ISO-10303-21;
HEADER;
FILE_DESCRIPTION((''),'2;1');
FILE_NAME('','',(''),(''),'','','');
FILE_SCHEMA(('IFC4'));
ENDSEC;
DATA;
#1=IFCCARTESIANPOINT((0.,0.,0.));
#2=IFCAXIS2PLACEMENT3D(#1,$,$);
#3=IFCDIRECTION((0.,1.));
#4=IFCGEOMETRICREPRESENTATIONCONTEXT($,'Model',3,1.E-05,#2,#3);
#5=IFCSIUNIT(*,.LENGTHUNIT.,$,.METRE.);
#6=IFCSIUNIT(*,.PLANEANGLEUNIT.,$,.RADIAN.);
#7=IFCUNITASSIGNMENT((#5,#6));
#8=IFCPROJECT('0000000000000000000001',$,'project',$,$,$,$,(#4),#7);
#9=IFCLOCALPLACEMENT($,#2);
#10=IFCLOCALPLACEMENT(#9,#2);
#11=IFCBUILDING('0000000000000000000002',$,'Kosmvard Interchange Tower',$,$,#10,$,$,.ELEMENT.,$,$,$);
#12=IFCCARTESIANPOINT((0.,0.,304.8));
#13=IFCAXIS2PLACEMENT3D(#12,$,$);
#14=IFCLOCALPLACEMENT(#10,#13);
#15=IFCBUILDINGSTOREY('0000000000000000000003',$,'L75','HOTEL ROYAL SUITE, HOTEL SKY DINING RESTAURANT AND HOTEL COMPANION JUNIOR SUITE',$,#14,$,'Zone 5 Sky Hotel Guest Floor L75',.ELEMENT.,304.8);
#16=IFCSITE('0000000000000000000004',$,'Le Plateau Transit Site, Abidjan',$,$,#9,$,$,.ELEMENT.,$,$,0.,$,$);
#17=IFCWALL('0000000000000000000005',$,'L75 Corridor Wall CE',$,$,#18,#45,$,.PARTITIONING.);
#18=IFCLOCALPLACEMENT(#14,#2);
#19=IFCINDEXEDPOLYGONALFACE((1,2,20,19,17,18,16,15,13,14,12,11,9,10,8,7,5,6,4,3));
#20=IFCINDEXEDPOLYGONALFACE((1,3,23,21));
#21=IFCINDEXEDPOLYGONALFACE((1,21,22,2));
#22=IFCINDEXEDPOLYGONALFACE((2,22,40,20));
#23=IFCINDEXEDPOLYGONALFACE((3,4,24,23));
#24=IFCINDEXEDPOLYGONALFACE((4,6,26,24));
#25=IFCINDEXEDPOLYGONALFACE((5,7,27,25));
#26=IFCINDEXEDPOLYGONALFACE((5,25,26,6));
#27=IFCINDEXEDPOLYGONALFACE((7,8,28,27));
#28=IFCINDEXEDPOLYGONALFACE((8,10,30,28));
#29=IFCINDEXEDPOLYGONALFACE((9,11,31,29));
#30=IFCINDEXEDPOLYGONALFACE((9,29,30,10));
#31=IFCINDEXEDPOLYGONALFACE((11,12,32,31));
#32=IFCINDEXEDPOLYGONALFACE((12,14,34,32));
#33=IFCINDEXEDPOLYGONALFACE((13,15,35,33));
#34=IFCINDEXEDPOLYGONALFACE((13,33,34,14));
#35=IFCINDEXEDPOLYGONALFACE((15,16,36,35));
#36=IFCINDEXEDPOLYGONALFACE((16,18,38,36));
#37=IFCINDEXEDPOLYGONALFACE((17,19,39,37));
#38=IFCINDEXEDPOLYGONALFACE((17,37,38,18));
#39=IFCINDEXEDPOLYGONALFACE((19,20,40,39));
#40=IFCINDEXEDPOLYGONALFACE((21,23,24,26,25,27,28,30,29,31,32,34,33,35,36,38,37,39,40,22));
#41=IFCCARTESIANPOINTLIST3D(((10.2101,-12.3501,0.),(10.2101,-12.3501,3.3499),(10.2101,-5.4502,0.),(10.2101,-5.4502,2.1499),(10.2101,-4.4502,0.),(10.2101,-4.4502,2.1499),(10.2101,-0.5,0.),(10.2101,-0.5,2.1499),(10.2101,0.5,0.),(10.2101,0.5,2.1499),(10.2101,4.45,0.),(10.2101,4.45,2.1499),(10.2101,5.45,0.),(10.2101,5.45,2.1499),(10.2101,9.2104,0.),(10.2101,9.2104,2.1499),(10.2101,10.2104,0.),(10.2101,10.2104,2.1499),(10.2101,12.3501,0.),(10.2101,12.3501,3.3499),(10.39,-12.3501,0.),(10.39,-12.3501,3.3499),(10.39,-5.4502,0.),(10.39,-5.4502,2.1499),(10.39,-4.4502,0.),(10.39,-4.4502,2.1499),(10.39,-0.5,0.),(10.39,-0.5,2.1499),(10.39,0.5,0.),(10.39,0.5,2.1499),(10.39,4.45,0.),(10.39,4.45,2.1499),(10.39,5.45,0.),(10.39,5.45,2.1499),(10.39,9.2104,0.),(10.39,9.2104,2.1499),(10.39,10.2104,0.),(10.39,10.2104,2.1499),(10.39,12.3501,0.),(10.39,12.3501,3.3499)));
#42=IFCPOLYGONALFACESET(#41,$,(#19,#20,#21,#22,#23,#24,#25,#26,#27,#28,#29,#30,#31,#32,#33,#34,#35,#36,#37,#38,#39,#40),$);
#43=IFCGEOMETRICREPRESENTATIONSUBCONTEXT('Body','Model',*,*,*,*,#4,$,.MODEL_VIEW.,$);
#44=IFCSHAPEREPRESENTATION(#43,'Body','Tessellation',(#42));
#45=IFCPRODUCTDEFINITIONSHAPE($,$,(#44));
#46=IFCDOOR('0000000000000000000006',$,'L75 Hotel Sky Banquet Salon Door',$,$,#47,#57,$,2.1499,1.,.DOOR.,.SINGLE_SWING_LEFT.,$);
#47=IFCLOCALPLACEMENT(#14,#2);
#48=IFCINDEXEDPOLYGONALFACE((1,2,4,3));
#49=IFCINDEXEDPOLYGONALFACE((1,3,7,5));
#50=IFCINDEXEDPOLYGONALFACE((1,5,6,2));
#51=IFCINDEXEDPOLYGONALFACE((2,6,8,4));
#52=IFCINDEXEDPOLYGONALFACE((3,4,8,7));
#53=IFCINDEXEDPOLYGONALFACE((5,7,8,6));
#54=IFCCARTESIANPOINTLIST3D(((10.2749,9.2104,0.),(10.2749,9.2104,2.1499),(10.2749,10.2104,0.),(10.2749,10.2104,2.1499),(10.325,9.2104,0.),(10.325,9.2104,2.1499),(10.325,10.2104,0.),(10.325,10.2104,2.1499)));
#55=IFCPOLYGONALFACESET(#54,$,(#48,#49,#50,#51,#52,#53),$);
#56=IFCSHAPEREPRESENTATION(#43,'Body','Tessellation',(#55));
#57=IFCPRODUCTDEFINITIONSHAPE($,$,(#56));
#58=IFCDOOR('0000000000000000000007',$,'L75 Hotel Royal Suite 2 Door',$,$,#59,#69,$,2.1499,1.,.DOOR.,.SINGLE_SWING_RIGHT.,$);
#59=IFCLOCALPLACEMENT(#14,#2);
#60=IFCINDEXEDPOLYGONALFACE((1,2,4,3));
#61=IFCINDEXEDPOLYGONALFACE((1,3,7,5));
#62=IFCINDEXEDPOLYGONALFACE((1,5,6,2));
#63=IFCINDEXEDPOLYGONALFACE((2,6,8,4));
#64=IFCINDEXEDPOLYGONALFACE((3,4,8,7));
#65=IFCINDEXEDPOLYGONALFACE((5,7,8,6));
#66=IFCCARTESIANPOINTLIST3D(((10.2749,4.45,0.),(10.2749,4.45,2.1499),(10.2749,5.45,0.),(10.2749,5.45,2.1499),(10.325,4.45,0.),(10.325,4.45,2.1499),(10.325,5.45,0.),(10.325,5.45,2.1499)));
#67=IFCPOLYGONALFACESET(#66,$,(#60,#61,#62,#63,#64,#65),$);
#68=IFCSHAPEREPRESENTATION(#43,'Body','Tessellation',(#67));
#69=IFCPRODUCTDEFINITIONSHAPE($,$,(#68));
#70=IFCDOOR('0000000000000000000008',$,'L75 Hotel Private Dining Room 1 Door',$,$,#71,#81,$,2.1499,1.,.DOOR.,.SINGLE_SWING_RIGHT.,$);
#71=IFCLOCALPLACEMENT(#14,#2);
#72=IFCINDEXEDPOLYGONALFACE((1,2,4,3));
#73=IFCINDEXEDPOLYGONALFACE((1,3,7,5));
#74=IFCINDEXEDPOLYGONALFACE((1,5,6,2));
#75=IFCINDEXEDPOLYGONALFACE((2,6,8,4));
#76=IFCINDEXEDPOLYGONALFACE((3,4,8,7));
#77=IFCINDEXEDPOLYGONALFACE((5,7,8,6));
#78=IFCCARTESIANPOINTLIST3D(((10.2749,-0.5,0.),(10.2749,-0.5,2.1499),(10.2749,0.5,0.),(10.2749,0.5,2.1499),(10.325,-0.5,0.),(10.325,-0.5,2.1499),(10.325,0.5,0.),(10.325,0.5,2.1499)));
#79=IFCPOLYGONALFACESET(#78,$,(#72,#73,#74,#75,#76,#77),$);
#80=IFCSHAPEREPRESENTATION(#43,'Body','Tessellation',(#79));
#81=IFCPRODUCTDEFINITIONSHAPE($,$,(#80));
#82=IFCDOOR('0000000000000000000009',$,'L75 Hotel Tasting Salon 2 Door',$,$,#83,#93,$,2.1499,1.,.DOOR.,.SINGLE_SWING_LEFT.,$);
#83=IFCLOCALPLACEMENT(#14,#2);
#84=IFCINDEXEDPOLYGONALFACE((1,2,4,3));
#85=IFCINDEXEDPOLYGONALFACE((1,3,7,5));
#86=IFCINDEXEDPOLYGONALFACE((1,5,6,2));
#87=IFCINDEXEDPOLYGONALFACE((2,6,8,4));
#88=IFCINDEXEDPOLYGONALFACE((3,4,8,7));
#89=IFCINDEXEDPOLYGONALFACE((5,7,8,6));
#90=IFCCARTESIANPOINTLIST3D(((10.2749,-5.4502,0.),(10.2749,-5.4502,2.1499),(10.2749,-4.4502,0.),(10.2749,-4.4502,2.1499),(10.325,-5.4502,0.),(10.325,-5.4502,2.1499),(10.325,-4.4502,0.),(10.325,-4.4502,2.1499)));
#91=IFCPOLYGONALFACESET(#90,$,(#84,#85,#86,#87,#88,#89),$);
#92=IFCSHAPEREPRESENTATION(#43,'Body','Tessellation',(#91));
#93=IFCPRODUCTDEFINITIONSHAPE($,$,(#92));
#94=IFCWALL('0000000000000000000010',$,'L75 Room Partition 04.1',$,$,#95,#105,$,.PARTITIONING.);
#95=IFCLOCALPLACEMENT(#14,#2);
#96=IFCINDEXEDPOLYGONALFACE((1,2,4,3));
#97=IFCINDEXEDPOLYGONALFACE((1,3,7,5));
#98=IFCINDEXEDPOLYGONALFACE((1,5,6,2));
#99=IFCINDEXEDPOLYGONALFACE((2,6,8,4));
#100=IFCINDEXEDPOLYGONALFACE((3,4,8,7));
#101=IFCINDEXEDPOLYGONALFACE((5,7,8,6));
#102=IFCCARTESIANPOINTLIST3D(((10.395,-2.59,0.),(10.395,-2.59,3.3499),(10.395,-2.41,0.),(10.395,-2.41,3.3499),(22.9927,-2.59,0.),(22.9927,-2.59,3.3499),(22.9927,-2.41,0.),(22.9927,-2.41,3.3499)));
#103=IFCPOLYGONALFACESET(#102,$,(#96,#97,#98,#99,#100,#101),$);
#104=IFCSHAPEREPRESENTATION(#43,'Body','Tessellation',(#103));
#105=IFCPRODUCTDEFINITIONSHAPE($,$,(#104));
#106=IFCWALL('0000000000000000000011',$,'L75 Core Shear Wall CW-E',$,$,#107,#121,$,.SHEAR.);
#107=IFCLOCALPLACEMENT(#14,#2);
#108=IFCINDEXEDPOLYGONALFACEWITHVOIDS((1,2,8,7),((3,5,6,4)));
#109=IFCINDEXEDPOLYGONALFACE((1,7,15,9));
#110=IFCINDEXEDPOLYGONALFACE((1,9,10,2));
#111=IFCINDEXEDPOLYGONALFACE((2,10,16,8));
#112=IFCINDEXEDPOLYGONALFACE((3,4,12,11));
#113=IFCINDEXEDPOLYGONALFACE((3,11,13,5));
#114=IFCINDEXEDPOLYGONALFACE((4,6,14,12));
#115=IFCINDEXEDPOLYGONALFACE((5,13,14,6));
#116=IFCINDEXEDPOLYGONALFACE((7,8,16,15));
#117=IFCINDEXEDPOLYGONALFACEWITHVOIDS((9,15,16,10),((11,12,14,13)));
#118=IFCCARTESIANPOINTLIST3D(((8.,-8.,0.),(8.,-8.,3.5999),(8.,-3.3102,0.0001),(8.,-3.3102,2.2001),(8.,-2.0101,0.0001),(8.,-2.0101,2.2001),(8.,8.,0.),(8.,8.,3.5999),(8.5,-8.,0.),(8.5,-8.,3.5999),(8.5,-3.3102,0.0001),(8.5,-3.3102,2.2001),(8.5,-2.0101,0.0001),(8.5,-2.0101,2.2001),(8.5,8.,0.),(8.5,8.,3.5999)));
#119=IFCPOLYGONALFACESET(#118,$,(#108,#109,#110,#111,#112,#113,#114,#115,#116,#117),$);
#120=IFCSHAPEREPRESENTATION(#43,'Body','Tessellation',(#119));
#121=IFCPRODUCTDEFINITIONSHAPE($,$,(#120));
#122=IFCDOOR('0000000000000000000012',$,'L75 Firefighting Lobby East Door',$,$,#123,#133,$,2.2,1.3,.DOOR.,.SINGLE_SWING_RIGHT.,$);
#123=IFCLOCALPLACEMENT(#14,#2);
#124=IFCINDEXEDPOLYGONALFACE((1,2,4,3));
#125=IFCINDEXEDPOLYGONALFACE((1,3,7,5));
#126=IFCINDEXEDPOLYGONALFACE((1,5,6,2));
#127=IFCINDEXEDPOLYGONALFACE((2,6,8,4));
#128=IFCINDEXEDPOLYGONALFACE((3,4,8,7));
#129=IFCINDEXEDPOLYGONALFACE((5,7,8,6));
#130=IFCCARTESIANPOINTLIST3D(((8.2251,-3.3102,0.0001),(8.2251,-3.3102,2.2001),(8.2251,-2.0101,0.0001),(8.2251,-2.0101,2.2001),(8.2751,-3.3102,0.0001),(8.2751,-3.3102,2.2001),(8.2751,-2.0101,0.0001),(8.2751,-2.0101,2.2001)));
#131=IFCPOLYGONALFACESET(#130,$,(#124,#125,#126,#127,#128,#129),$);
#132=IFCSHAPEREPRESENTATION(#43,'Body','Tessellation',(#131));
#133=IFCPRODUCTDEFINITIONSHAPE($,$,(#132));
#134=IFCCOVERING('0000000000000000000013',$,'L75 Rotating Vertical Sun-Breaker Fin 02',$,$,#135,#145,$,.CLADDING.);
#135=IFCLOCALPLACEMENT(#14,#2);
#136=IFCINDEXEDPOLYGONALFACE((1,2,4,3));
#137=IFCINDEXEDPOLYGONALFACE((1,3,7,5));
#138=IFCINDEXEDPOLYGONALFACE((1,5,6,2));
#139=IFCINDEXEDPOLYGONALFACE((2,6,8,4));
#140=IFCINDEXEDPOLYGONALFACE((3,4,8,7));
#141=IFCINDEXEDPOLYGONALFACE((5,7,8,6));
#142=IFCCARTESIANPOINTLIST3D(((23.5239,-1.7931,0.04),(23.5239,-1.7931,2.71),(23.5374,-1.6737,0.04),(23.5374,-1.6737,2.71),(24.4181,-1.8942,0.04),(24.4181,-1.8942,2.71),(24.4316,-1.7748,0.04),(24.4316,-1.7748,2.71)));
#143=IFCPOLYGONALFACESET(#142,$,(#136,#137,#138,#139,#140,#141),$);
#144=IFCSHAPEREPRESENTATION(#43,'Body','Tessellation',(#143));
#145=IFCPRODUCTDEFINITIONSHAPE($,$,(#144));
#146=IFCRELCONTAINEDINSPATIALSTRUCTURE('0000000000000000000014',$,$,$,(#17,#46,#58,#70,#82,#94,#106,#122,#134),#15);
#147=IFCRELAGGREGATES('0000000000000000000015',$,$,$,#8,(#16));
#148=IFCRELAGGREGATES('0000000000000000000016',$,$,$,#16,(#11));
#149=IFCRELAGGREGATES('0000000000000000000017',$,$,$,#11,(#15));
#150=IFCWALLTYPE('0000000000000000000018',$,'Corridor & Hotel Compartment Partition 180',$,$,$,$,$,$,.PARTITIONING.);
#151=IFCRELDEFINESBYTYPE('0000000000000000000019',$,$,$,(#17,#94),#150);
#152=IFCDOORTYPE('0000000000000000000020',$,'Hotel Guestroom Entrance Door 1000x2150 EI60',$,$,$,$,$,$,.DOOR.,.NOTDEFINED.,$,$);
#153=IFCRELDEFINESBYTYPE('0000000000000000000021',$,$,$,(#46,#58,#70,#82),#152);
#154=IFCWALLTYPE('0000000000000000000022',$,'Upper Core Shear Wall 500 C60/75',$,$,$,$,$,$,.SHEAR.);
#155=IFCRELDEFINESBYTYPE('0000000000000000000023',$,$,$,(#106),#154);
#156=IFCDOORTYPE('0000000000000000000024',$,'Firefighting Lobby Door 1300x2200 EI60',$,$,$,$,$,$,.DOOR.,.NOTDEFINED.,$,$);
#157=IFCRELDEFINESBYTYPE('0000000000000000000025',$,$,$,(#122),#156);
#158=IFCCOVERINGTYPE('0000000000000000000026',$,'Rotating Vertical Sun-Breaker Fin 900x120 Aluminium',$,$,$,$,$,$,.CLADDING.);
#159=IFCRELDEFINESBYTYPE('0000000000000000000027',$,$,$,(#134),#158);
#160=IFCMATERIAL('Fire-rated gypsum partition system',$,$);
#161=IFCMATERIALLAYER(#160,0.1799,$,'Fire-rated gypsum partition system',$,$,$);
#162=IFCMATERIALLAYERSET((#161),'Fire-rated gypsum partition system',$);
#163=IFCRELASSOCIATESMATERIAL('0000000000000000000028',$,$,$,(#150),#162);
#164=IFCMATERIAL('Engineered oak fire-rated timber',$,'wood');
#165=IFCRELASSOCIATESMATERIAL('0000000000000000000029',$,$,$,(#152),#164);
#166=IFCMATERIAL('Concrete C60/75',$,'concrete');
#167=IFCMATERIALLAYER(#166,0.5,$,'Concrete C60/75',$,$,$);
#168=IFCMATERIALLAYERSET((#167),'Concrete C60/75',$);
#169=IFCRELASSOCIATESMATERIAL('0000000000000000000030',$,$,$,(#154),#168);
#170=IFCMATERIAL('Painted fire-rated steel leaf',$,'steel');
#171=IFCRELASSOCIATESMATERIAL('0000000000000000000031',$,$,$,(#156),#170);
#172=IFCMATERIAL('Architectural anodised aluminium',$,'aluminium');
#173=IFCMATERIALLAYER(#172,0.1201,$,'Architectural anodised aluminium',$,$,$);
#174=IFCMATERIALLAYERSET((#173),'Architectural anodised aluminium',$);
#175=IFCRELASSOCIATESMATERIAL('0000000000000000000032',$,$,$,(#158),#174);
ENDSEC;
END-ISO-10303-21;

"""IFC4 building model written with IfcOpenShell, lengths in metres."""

from ifc_helpers import new_model, si_unit, direction, frame, frame_2d, origin, origin_2d, place, context, subcontext, project, spatial, rectangle, extrude, source, transform, mapped, material, layer, layer_set, type_object, element, fill, save


model = new_model("IFC4")

# Units and contexts
model_context = context("Model", 3, precision=1e-05, world=origin(), true_north=direction((0.0, 1.0)))
body_context = subcontext(model_context, "Body", "Model", "MODEL_VIEW")
ifc_project = project(units=[si_unit("LENGTHUNIT", "METRE"), si_unit("PLANEANGLEUNIT", "RADIAN")], contexts=[model_context])

# Site, building, storey
site_placement = place(None, origin())
site = spatial("IfcSite", under=ifc_project, at=site_placement, Name="Le Plateau Transit Site, Abidjan", CompositionType="ELEMENT", RefElevation=0.0)
building_placement = place(site_placement, origin())
building = spatial("IfcBuilding", under=site, at=building_placement, Name="Kosmvard Interchange Tower", CompositionType="ELEMENT")
storey_placement = place(building_placement, frame((0.0, 0.0, 304.8)))
storey = spatial("IfcBuildingStorey", under=building, at=storey_placement, Name="L75", Description="HOTEL ROYAL SUITE, HOTEL SKY DINING RESTAURANT AND HOTEL COMPANION JUNIOR SUITE", LongName="Zone 5 Sky Hotel Guest Floor L75", CompositionType="ELEMENT", Elevation=304.8)

# Wall, openings, doors
ifc_material_1 = material(Name="Fire-rated gypsum partition system")
ifc_layer_1 = layer(ifc_material_1, 0.1799, Name="Fire-rated gypsum partition system")
ifc_layer_set_1 = layer_set([ifc_layer_1], Name="Fire-rated gypsum partition system")
wall_type_1 = type_object("IfcWallType", Name="Corridor & Hotel Compartment Partition 180", PredefinedType="PARTITIONING", material=ifc_layer_set_1)
wall_1_placement = place(storey_placement, frame((10.3, -12.3501, 0.0), z_axis=(0.0, 0.0, 1.0), x_axis=(0.0, 1.0, 0.0)))
wall_1 = element("IfcWall", 1, at=wall_1_placement, inside=storey, type_object=wall_type_1, Name="L75 Corridor Wall CE", PredefinedType="PARTITIONING", context=body_context, shape_type="SweptSolid", body=[
    extrude(rectangle(XDim=24.7002, YDim=0.1799, at=frame_2d((12.3501, 0.0))), origin(), (0.0, 0.0, 1.0), 3.3499),
])
opening_1_placement = place(wall_1_placement, frame((21.5605, 0.0, 0.0)))
opening_1 = element("IfcOpeningElement", 2, at=opening_1_placement, cuts=wall_1, PredefinedType="OPENING", context=body_context, shape_type="SweptSolid", body=[
    extrude(rectangle(XDim=1.0, YDim=2.1499, at=frame_2d((0.5, 1.075))), frame((0.0, 0.1001, 0.0), z_axis=(0.0, -1.0, 0.0), x_axis=(1.0, 0.0, 0.0)), (0.0, 0.0, 1.0), 0.2),
])
opening_2_placement = place(wall_1_placement, frame((16.8, 0.0, 0.0)))
opening_2 = element("IfcOpeningElement", 3, at=opening_2_placement, cuts=wall_1, PredefinedType="OPENING", context=body_context, shape_type="SweptSolid", body=[
    extrude(rectangle(XDim=1.0, YDim=2.1499, at=frame_2d((0.5, 1.075))), frame((0.0, 0.1001, 0.0), z_axis=(0.0, -1.0, 0.0), x_axis=(1.0, 0.0, 0.0)), (0.0, 0.0, 1.0), 0.2),
])
opening_3_placement = place(wall_1_placement, frame((11.8501, 0.0, 0.0)))
opening_3 = element("IfcOpeningElement", 4, at=opening_3_placement, cuts=wall_1, PredefinedType="OPENING", context=body_context, shape_type="SweptSolid", body=[
    extrude(rectangle(XDim=1.0, YDim=2.1499, at=frame_2d((0.5, 1.075))), frame((0.0, 0.1001, 0.0), z_axis=(0.0, -1.0, 0.0), x_axis=(1.0, 0.0, 0.0)), (0.0, 0.0, 1.0), 0.2),
])
opening_4_placement = place(wall_1_placement, frame((6.8999, 0.0, 0.0)))
opening_4 = element("IfcOpeningElement", 5, at=opening_4_placement, cuts=wall_1, PredefinedType="OPENING", context=body_context, shape_type="SweptSolid", body=[
    extrude(rectangle(XDim=1.0, YDim=2.1499, at=frame_2d((0.5, 1.075))), frame((0.0, 0.1001, 0.0), z_axis=(0.0, -1.0, 0.0), x_axis=(1.0, 0.0, 0.0)), (0.0, 0.0, 1.0), 0.2),
])
ifc_material_2 = material(Name="Engineered oak fire-rated timber", Category="wood")
door_type_1 = type_object("IfcDoorType", Name="Hotel Guestroom Entrance Door 1000x2150 EI60", OperationType="NOTDEFINED", PredefinedType="DOOR", material=ifc_material_2)
shared_shape_1 = source(origin(), body_context, "Body", "SweptSolid", [
    extrude(rectangle(XDim=1.0, YDim=2.1499, at=frame_2d((0.5, 1.075))), frame((0.0, 0.0249, 0.0), z_axis=(0.0, -1.0, 0.0), x_axis=(1.0, 0.0, 0.0)), (0.0, 0.0, 1.0), 0.05),
])
door_1_placement = place(opening_1_placement, frame((1.0, 0.0, 0.0), z_axis=(0.0, 0.0, 1.0), x_axis=(-1.0, 0.0, 0.0)))
door_1 = element("IfcDoor", 6, at=door_1_placement, inside=storey, type_object=door_type_1, Name="L75 Hotel Sky Banquet Salon Door", OperationType="SINGLE_SWING_LEFT", OverallHeight=2.1499, OverallWidth=1.0, PredefinedType="DOOR", context=body_context, shape_type="MappedRepresentation", body=[
    mapped(shared_shape_1, transform((0.0, 0.0, 0.0), scale=1.0)),
])
fill(opening_1, door_1)
door_2_placement = place(opening_2_placement, frame((1.0, 0.0, 0.0), z_axis=(0.0, 0.0, 1.0), x_axis=(-1.0, 0.0, 0.0)))
door_2 = element("IfcDoor", 7, at=door_2_placement, inside=storey, type_object=door_type_1, Name="L75 Hotel Royal Suite 2 Door", OperationType="SINGLE_SWING_RIGHT", OverallHeight=2.1499, OverallWidth=1.0, PredefinedType="DOOR", context=body_context, shape_type="MappedRepresentation", body=[
    mapped(shared_shape_1, transform((0.0, 0.0, 0.0), scale=1.0)),
])
fill(opening_2, door_2)
door_3_placement = place(opening_3_placement, frame((1.0, 0.0, 0.0), z_axis=(0.0, 0.0, 1.0), x_axis=(-1.0, 0.0, 0.0)))
door_3 = element("IfcDoor", 8, at=door_3_placement, inside=storey, type_object=door_type_1, Name="L75 Hotel Private Dining Room 1 Door", OperationType="SINGLE_SWING_RIGHT", OverallHeight=2.1499, OverallWidth=1.0, PredefinedType="DOOR", context=body_context, shape_type="MappedRepresentation", body=[
    mapped(shared_shape_1, transform((0.0, 0.0, 0.0), scale=1.0)),
])
fill(opening_3, door_3)
door_4_placement = place(opening_4_placement, frame((1.0, 0.0, 0.0), z_axis=(0.0, 0.0, 1.0), x_axis=(-1.0, 0.0, 0.0)))
door_4 = element("IfcDoor", 9, at=door_4_placement, inside=storey, type_object=door_type_1, Name="L75 Hotel Tasting Salon 2 Door", OperationType="SINGLE_SWING_LEFT", OverallHeight=2.1499, OverallWidth=1.0, PredefinedType="DOOR", context=body_context, shape_type="MappedRepresentation", body=[
    mapped(shared_shape_1, transform((0.0, 0.0, 0.0), scale=1.0)),
])
fill(opening_4, door_4)

# Wall
wall_2_placement = place(storey_placement, frame((10.395, -2.5, 0.0), z_axis=(0.0, 0.0, 1.0), x_axis=(1.0, 0.0, 0.0)))
element("IfcWall", 10, at=wall_2_placement, inside=storey, type_object=wall_type_1, Name="L75 Room Partition 04.1", PredefinedType="PARTITIONING", context=body_context, shape_type="SweptSolid", body=[
    extrude(rectangle(XDim=12.5977, YDim=0.1799, at=frame_2d((6.2988, 0.0))), origin(), (0.0, 0.0, 1.0), 3.3499),
])

# Wall, opening, door
ifc_material_3 = material(Name="Concrete C60/75", Category="concrete")
ifc_layer_2 = layer(ifc_material_3, 0.5, Name="Concrete C60/75")
ifc_layer_set_2 = layer_set([ifc_layer_2], Name="Concrete C60/75")
wall_type_2 = type_object("IfcWallType", Name="Upper Core Shear Wall 500 C60/75", PredefinedType="SHEAR", material=ifc_layer_set_2)
wall_3_placement = place(storey_placement, frame((8.25, -8.0, 0.0), z_axis=(0.0, 0.0, 1.0), x_axis=(0.0, 1.0, 0.0)))
wall_3 = element("IfcWall", 11, at=wall_3_placement, inside=storey, type_object=wall_type_2, Name="L75 Core Shear Wall CW-E", PredefinedType="SHEAR", context=body_context, shape_type="SweptSolid", body=[
    extrude(rectangle(XDim=16.0, YDim=0.5, at=frame_2d((8.0, 0.0))), origin(), (0.0, 0.0, 1.0), 3.5999),
])
opening_5_placement = place(wall_3_placement, frame((4.6899, 0.0, 0.0)))
opening_5 = element("IfcOpeningElement", 12, at=opening_5_placement, cuts=wall_3, PredefinedType="OPENING", context=body_context, shape_type="SweptSolid", body=[
    extrude(rectangle(XDim=1.3, YDim=2.2, at=frame_2d((0.6499, 1.1001))), frame((0.0, 0.26, 0.0), z_axis=(0.0, -1.0, 0.0), x_axis=(1.0, 0.0, 0.0)), (0.0, 0.0, 1.0), 0.52),
])
ifc_material_4 = material(Name="Painted fire-rated steel leaf", Category="steel")
door_type_2 = type_object("IfcDoorType", Name="Firefighting Lobby Door 1300x2200 EI60", OperationType="NOTDEFINED", PredefinedType="DOOR", material=ifc_material_4)
shared_shape_2 = source(origin(), body_context, "Body", "SweptSolid", [
    extrude(rectangle(XDim=1.3, YDim=2.2, at=frame_2d((0.6499, 1.1001))), frame((0.0, 0.0249, 0.0), z_axis=(0.0, -1.0, 0.0), x_axis=(1.0, 0.0, 0.0)), (0.0, 0.0, 1.0), 0.05),
])
door_5_placement = place(opening_5_placement, origin())
door_5 = element("IfcDoor", 13, at=door_5_placement, inside=storey, type_object=door_type_2, Name="L75 Firefighting Lobby East Door", OperationType="SINGLE_SWING_RIGHT", OverallHeight=2.2, OverallWidth=1.3, PredefinedType="DOOR", context=body_context, shape_type="MappedRepresentation", body=[
    mapped(shared_shape_2, transform((0.0, 0.0, 0.0), scale=1.0)),
])
fill(opening_5, door_5)

# Covering
ifc_material_5 = material(Name="Architectural anodised aluminium", Category="aluminium")
ifc_layer_3 = layer(ifc_material_5, 0.1201, Name="Architectural anodised aluminium")
ifc_layer_set_3 = layer_set([ifc_layer_3], Name="Architectural anodised aluminium")
covering_type = type_object("IfcCoveringType", Name="Rotating Vertical Sun-Breaker Fin 900x120 Aluminium", PredefinedType="CLADDING", material=ifc_layer_set_3)
shared_shape_3 = source(origin(), body_context, "Body", "SweptSolid", [
    extrude(rectangle(XDim=0.8999, YDim=0.1201, at=origin_2d()), origin(), (0.0, 0.0, 1.0), 2.6699),
])
covering_placement = place(storey_placement, frame((23.9778, -1.7839, 0.04), z_axis=(0.0, 0.0, 1.0), x_axis=(0.99367, -0.112336, 0.0)))
element("IfcCovering", 14, at=covering_placement, inside=storey, type_object=covering_type, Name="L75 Rotating Vertical Sun-Breaker Fin 02", PredefinedType="CLADDING", context=body_context, shape_type="MappedRepresentation", body=[
    mapped(shared_shape_3, transform((0.0, 0.0, 0.0), scale=1.0)),
])

save(model, "model.ifc")
